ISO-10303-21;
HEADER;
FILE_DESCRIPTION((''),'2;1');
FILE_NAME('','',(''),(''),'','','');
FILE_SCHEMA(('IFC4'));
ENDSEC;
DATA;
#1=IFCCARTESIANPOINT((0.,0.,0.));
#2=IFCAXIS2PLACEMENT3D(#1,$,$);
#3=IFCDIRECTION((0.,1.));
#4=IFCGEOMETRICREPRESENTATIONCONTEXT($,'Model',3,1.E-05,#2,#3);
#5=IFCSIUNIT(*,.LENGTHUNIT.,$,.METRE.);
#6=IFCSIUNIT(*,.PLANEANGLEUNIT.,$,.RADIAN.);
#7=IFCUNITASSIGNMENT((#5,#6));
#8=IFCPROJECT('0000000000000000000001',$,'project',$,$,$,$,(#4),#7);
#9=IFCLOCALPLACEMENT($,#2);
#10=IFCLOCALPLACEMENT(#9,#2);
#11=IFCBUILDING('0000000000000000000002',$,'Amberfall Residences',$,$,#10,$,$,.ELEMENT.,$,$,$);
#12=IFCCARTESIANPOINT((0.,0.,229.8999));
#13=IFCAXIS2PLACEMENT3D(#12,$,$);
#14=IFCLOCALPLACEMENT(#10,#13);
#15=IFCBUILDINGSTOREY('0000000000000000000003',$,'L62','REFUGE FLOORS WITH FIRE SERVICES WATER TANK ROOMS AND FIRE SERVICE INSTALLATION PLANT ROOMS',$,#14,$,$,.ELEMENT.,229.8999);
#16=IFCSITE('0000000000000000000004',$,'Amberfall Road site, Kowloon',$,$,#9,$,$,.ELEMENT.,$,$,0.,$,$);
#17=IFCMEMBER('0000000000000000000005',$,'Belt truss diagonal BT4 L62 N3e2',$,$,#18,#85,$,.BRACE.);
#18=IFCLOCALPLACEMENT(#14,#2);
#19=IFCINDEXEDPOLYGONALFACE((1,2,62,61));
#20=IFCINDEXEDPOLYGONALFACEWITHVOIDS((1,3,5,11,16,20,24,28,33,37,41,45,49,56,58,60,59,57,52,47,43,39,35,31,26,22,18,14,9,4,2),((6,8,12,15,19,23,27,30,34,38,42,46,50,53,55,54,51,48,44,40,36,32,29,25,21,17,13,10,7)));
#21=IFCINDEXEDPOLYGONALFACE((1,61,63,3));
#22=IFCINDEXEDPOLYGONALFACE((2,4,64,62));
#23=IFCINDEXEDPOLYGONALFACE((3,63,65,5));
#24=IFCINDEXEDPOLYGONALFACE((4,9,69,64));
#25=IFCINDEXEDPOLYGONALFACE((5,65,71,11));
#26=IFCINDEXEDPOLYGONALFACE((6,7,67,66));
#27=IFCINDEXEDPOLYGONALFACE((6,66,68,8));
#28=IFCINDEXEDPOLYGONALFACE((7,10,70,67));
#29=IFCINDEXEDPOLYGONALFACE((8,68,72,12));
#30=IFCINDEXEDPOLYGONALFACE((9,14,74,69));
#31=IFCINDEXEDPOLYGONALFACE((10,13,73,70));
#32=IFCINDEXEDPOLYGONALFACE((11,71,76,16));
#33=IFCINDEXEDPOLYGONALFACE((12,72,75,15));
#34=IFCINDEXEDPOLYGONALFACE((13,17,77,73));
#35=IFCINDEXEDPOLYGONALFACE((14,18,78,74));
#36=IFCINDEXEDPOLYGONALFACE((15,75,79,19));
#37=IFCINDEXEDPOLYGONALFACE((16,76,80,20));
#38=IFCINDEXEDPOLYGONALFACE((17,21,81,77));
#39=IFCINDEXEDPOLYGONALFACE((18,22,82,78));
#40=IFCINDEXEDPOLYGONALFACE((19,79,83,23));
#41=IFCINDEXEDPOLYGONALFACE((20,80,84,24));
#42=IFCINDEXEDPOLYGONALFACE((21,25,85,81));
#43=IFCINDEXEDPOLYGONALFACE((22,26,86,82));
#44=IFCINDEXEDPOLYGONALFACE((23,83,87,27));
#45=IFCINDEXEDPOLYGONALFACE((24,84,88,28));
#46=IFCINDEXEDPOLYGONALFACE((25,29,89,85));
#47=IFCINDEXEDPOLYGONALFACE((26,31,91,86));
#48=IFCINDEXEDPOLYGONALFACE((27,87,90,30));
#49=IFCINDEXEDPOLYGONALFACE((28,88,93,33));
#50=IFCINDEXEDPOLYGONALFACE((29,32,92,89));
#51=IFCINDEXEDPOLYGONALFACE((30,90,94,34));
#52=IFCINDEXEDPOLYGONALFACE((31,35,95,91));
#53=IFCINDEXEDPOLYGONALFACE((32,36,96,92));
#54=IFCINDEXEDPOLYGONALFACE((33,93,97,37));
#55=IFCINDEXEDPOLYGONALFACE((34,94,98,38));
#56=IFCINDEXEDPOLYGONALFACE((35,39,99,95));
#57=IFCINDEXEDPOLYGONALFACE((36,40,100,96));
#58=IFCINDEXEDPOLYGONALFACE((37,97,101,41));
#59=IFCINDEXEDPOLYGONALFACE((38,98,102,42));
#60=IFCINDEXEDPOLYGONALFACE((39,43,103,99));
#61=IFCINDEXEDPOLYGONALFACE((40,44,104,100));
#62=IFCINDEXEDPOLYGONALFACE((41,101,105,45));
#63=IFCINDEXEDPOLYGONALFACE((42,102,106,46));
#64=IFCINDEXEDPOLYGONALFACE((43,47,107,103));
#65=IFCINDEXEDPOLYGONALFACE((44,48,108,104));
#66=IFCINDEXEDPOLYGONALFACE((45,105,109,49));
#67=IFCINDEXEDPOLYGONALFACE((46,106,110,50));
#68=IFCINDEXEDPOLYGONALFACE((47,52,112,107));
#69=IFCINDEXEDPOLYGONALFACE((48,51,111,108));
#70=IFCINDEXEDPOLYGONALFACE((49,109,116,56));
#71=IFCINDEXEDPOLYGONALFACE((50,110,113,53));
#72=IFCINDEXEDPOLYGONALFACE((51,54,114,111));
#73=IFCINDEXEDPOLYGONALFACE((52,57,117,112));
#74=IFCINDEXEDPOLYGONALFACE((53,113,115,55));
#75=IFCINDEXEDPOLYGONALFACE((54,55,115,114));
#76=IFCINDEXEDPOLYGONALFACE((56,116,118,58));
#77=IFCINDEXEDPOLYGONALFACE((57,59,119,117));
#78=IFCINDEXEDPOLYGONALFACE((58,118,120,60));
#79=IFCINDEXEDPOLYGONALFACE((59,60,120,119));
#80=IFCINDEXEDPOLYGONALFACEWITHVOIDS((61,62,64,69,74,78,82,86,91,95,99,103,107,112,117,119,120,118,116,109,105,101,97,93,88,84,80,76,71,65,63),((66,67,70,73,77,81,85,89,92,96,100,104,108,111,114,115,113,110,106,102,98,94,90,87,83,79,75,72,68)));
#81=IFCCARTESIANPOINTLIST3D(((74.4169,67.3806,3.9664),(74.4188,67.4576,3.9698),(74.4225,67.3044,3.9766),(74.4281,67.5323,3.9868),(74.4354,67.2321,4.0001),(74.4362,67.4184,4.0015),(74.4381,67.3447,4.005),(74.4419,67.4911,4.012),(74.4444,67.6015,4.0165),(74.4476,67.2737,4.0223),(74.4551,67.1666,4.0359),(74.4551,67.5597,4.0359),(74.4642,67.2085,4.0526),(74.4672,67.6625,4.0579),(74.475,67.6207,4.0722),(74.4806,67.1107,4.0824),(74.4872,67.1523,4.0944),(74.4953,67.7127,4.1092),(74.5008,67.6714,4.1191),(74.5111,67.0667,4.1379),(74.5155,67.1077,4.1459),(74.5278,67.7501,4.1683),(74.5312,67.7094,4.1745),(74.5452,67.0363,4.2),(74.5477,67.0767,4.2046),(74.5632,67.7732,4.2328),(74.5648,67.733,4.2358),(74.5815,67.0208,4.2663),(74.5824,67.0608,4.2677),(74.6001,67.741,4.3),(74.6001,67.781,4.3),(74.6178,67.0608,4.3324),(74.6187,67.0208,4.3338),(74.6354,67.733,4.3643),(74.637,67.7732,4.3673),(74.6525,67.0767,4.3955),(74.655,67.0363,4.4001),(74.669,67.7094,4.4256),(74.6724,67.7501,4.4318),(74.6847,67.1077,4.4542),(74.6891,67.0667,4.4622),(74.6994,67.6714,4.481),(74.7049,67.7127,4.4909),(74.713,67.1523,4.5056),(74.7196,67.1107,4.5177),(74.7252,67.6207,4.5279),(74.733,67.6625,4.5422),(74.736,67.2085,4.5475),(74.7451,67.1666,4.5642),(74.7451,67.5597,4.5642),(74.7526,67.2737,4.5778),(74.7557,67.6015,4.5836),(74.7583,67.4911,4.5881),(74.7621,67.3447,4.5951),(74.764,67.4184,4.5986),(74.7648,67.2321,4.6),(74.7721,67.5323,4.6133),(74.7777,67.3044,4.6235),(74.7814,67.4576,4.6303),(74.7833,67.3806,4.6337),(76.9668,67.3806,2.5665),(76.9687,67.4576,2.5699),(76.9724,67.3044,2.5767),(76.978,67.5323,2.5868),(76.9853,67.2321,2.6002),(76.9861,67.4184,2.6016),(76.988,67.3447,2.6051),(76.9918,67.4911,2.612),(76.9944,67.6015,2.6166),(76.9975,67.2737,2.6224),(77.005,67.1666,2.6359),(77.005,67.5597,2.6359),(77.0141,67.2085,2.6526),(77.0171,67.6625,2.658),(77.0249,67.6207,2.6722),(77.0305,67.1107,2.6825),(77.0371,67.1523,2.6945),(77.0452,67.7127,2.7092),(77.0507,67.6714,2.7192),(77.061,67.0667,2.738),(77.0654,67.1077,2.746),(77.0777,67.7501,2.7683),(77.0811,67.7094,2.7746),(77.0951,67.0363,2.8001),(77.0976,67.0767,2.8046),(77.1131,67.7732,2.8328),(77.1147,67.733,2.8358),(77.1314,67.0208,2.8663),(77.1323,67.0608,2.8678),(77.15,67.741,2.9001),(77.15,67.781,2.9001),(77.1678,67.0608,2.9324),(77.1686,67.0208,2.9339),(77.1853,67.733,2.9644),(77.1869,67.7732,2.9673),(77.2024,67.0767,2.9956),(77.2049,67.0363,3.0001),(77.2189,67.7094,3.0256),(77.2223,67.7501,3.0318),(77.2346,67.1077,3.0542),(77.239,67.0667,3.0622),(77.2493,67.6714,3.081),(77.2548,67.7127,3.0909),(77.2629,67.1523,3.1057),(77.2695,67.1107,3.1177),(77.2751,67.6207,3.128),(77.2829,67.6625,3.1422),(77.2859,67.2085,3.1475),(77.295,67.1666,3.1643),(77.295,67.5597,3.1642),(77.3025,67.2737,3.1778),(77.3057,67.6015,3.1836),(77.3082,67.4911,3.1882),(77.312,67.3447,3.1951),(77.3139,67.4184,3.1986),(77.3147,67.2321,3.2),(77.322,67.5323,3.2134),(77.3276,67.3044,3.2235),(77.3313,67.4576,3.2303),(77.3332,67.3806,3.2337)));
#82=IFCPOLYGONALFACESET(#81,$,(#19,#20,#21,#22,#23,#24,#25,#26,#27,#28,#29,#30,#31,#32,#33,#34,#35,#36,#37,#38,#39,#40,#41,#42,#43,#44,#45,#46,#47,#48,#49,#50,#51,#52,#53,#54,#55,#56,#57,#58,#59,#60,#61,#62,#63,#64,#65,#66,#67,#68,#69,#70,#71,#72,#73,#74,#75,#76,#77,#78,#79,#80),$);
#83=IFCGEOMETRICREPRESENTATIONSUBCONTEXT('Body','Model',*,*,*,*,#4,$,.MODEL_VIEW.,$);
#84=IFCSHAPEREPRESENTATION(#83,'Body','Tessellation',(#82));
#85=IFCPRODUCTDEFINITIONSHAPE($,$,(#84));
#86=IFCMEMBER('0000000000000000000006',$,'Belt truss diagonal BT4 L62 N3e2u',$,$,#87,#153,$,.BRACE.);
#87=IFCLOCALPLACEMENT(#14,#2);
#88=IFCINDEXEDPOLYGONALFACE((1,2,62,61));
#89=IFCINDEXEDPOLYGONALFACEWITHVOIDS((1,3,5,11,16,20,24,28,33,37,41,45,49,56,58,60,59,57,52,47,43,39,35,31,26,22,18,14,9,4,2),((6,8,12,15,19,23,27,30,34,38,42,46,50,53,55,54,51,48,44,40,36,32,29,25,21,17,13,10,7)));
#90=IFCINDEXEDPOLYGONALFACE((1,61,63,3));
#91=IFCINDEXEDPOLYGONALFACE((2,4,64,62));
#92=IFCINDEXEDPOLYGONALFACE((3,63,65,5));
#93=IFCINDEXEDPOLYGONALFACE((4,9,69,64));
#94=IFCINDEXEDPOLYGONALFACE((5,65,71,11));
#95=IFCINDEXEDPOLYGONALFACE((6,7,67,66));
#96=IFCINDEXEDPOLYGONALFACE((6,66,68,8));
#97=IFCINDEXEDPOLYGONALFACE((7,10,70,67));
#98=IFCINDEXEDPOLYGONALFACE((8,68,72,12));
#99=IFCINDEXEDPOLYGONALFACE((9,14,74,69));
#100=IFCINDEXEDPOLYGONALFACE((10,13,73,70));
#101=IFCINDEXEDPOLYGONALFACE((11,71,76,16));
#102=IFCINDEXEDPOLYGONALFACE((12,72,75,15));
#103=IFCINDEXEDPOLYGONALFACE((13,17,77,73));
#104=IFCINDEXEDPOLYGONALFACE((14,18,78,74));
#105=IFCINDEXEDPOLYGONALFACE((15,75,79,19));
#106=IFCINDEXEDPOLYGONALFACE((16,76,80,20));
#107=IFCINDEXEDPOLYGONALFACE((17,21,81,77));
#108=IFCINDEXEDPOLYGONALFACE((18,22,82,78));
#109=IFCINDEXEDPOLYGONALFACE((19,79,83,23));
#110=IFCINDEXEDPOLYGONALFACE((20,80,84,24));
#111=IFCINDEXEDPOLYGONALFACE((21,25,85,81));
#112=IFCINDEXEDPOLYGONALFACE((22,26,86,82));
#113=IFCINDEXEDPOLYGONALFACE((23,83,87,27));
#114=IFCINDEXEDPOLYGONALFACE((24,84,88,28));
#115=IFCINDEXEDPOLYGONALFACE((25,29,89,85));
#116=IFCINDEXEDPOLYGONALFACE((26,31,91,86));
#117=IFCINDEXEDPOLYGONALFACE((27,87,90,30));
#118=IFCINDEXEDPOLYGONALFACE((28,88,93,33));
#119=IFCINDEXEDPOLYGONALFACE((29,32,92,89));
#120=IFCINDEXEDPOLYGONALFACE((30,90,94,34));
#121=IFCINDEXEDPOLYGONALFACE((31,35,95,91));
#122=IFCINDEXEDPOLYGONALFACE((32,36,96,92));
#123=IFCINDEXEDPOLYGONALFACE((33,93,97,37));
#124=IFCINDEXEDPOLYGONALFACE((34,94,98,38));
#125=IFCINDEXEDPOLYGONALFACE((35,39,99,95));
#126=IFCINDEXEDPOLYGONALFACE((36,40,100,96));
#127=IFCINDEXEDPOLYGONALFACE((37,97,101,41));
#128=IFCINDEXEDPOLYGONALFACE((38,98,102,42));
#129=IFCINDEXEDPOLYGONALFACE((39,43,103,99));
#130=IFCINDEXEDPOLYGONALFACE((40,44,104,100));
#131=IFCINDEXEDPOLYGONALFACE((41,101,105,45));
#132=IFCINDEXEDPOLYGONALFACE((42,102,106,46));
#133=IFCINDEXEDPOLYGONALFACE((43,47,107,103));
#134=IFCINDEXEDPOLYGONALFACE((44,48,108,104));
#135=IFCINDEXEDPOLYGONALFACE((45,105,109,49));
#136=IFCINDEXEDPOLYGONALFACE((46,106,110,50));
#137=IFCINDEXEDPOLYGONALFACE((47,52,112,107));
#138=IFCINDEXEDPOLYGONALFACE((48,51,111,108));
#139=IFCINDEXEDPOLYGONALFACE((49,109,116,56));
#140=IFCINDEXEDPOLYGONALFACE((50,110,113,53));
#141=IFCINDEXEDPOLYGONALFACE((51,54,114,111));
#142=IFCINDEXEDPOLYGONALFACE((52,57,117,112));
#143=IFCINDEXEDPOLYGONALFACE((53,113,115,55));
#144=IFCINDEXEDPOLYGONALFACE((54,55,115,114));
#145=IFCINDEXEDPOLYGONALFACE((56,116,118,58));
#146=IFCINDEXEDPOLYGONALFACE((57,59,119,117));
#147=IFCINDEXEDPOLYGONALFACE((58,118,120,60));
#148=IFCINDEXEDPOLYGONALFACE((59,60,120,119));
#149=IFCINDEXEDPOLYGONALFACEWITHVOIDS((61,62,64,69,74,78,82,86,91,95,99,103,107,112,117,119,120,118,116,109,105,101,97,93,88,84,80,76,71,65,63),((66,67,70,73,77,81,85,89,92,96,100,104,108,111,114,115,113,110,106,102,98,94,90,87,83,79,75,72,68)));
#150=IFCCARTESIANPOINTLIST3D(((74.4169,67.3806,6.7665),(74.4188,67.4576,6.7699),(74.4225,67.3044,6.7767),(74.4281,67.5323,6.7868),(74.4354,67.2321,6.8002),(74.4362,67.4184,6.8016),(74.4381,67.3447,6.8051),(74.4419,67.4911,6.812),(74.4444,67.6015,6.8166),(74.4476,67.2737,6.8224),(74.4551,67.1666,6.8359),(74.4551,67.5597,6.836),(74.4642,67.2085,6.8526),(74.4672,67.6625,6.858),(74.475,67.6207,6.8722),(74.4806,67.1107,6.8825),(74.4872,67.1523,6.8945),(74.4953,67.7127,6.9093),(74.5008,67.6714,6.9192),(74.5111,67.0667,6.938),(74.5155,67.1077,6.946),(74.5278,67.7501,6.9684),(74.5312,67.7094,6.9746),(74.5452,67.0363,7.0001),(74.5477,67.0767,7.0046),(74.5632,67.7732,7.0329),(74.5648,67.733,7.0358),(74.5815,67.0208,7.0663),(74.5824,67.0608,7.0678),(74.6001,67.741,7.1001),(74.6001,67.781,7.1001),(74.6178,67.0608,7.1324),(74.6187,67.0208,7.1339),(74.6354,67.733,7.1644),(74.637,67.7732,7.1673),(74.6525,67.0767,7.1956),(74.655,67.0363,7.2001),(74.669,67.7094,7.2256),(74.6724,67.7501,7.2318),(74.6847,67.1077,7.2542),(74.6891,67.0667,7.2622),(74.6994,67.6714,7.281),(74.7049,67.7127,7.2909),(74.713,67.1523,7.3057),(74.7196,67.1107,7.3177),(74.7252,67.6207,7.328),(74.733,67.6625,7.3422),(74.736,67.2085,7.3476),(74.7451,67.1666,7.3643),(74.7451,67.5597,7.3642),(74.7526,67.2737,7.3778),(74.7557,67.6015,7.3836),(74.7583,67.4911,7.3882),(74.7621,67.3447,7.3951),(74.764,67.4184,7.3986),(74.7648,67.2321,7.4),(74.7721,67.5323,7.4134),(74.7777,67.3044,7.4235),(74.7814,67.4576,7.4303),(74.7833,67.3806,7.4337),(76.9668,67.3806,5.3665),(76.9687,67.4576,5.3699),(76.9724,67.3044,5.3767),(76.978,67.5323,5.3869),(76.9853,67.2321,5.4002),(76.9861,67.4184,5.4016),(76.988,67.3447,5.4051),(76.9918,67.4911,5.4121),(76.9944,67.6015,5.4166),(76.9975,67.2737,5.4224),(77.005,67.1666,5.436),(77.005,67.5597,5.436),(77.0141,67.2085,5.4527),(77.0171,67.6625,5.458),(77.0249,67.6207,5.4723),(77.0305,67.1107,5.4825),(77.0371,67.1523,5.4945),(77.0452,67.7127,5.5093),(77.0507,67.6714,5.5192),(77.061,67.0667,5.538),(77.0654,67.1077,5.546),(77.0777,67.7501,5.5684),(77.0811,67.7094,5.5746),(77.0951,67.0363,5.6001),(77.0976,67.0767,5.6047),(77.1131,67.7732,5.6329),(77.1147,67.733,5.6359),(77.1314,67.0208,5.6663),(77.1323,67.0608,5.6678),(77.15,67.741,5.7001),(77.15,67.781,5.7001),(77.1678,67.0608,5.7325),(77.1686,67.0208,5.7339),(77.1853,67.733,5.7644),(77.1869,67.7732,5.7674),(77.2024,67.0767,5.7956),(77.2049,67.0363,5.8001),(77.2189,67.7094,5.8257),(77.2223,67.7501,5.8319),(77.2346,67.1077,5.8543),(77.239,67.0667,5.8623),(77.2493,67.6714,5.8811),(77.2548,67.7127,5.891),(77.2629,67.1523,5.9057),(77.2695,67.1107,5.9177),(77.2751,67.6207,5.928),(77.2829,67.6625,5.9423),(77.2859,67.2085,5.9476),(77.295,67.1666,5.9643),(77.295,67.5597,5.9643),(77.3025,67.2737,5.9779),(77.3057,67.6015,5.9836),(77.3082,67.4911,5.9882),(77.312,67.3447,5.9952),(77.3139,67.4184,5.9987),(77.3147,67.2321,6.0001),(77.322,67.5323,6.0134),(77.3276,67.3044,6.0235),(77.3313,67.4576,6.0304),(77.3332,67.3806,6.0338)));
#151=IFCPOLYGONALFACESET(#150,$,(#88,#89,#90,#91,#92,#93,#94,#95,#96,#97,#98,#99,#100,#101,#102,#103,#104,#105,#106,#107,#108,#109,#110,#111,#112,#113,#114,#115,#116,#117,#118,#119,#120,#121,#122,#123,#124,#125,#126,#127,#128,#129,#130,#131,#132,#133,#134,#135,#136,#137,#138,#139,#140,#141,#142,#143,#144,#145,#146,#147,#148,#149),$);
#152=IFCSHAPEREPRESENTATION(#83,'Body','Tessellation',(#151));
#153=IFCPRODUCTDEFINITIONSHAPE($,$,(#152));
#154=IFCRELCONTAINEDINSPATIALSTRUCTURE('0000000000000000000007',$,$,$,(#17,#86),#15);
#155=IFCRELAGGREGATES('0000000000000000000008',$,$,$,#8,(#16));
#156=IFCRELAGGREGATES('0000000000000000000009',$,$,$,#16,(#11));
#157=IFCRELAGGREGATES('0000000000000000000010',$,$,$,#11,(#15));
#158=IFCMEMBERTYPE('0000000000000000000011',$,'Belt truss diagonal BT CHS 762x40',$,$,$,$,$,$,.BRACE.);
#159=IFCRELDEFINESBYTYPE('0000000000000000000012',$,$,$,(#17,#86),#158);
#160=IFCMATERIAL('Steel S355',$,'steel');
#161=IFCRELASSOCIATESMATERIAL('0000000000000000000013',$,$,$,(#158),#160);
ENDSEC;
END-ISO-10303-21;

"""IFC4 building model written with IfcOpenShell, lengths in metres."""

from ifc_helpers import new_model, si_unit, direction, frame, origin, origin_2d, place, context, subcontext, project, spatial, hollow_circle, extrude, material, material_profile, profile_set, type_object, element, save


model = new_model("IFC4")

# Units and contexts
model_context = context("Model", 3, precision=1e-05, world=origin(), true_north=direction((0.0, 1.0)))
body_context = subcontext(model_context, "Body", "Model", "MODEL_VIEW")
ifc_project = project(units=[si_unit("LENGTHUNIT", "METRE"), si_unit("PLANEANGLEUNIT", "RADIAN")], contexts=[model_context])

# Site, building, storey
site_placement = place(None, origin())
site = spatial("IfcSite", under=ifc_project, at=site_placement, Name="Amberfall Road site, Kowloon", CompositionType="ELEMENT", RefElevation=0.0)
building_placement = place(site_placement, origin())
building = spatial("IfcBuilding", under=site, at=building_placement, Name="Amberfall Residences", CompositionType="ELEMENT")
storey_placement = place(building_placement, frame((0.0, 0.0, 229.8999)))
storey = spatial("IfcBuildingStorey", under=building, at=storey_placement, Name="L62", Description="REFUGE FLOORS WITH FIRE SERVICES WATER TANK ROOMS AND FIRE SERVICE INSTALLATION PLANT ROOMS", CompositionType="ELEMENT", Elevation=229.8999)

# Shared definitions
ifc_material_1 = material(Name="Steel S355", Category="steel")

# Members
ifc_material_profile_1 = material_profile(ifc_material_1, hollow_circle(Radius=0.3811, WallThickness=0.04, at=origin_2d()), Name="CHS 762x40")
ifc_profile_set_1 = profile_set([ifc_material_profile_1], Name="Steel S355")
member_type = type_object("IfcMemberType", Name="Belt truss diagonal BT CHS 762x40", PredefinedType="BRACE", material=ifc_profile_set_1)
for number, where, z_axis, x_axis, name in (
    (1, (74.6001, 67.3999, 4.3), (0.876577, 0.0, -0.481261), (0.0, 1.0, 0.0), "Belt truss diagonal BT4 L62 N3e2"),
    (2, (74.6001, 67.3999, 7.1001), (0.876577, 0.0, -0.481261), (0.0, 1.0, 0.0), "Belt truss diagonal BT4 L62 N3e2u"),
):
    element("IfcMember", number, at=place(storey_placement, frame(where, z_axis=z_axis, x_axis=x_axis)), inside=storey, type_object=member_type, Name=name, PredefinedType="BRACE", context=body_context, shape_type="SweptSolid", body=[
        extrude(hollow_circle(Radius=0.3811, WallThickness=0.04, at=origin_2d()), origin(), (0.0, 0.0, 1.0), 2.9089),
    ])

save(model, "model.ifc")
